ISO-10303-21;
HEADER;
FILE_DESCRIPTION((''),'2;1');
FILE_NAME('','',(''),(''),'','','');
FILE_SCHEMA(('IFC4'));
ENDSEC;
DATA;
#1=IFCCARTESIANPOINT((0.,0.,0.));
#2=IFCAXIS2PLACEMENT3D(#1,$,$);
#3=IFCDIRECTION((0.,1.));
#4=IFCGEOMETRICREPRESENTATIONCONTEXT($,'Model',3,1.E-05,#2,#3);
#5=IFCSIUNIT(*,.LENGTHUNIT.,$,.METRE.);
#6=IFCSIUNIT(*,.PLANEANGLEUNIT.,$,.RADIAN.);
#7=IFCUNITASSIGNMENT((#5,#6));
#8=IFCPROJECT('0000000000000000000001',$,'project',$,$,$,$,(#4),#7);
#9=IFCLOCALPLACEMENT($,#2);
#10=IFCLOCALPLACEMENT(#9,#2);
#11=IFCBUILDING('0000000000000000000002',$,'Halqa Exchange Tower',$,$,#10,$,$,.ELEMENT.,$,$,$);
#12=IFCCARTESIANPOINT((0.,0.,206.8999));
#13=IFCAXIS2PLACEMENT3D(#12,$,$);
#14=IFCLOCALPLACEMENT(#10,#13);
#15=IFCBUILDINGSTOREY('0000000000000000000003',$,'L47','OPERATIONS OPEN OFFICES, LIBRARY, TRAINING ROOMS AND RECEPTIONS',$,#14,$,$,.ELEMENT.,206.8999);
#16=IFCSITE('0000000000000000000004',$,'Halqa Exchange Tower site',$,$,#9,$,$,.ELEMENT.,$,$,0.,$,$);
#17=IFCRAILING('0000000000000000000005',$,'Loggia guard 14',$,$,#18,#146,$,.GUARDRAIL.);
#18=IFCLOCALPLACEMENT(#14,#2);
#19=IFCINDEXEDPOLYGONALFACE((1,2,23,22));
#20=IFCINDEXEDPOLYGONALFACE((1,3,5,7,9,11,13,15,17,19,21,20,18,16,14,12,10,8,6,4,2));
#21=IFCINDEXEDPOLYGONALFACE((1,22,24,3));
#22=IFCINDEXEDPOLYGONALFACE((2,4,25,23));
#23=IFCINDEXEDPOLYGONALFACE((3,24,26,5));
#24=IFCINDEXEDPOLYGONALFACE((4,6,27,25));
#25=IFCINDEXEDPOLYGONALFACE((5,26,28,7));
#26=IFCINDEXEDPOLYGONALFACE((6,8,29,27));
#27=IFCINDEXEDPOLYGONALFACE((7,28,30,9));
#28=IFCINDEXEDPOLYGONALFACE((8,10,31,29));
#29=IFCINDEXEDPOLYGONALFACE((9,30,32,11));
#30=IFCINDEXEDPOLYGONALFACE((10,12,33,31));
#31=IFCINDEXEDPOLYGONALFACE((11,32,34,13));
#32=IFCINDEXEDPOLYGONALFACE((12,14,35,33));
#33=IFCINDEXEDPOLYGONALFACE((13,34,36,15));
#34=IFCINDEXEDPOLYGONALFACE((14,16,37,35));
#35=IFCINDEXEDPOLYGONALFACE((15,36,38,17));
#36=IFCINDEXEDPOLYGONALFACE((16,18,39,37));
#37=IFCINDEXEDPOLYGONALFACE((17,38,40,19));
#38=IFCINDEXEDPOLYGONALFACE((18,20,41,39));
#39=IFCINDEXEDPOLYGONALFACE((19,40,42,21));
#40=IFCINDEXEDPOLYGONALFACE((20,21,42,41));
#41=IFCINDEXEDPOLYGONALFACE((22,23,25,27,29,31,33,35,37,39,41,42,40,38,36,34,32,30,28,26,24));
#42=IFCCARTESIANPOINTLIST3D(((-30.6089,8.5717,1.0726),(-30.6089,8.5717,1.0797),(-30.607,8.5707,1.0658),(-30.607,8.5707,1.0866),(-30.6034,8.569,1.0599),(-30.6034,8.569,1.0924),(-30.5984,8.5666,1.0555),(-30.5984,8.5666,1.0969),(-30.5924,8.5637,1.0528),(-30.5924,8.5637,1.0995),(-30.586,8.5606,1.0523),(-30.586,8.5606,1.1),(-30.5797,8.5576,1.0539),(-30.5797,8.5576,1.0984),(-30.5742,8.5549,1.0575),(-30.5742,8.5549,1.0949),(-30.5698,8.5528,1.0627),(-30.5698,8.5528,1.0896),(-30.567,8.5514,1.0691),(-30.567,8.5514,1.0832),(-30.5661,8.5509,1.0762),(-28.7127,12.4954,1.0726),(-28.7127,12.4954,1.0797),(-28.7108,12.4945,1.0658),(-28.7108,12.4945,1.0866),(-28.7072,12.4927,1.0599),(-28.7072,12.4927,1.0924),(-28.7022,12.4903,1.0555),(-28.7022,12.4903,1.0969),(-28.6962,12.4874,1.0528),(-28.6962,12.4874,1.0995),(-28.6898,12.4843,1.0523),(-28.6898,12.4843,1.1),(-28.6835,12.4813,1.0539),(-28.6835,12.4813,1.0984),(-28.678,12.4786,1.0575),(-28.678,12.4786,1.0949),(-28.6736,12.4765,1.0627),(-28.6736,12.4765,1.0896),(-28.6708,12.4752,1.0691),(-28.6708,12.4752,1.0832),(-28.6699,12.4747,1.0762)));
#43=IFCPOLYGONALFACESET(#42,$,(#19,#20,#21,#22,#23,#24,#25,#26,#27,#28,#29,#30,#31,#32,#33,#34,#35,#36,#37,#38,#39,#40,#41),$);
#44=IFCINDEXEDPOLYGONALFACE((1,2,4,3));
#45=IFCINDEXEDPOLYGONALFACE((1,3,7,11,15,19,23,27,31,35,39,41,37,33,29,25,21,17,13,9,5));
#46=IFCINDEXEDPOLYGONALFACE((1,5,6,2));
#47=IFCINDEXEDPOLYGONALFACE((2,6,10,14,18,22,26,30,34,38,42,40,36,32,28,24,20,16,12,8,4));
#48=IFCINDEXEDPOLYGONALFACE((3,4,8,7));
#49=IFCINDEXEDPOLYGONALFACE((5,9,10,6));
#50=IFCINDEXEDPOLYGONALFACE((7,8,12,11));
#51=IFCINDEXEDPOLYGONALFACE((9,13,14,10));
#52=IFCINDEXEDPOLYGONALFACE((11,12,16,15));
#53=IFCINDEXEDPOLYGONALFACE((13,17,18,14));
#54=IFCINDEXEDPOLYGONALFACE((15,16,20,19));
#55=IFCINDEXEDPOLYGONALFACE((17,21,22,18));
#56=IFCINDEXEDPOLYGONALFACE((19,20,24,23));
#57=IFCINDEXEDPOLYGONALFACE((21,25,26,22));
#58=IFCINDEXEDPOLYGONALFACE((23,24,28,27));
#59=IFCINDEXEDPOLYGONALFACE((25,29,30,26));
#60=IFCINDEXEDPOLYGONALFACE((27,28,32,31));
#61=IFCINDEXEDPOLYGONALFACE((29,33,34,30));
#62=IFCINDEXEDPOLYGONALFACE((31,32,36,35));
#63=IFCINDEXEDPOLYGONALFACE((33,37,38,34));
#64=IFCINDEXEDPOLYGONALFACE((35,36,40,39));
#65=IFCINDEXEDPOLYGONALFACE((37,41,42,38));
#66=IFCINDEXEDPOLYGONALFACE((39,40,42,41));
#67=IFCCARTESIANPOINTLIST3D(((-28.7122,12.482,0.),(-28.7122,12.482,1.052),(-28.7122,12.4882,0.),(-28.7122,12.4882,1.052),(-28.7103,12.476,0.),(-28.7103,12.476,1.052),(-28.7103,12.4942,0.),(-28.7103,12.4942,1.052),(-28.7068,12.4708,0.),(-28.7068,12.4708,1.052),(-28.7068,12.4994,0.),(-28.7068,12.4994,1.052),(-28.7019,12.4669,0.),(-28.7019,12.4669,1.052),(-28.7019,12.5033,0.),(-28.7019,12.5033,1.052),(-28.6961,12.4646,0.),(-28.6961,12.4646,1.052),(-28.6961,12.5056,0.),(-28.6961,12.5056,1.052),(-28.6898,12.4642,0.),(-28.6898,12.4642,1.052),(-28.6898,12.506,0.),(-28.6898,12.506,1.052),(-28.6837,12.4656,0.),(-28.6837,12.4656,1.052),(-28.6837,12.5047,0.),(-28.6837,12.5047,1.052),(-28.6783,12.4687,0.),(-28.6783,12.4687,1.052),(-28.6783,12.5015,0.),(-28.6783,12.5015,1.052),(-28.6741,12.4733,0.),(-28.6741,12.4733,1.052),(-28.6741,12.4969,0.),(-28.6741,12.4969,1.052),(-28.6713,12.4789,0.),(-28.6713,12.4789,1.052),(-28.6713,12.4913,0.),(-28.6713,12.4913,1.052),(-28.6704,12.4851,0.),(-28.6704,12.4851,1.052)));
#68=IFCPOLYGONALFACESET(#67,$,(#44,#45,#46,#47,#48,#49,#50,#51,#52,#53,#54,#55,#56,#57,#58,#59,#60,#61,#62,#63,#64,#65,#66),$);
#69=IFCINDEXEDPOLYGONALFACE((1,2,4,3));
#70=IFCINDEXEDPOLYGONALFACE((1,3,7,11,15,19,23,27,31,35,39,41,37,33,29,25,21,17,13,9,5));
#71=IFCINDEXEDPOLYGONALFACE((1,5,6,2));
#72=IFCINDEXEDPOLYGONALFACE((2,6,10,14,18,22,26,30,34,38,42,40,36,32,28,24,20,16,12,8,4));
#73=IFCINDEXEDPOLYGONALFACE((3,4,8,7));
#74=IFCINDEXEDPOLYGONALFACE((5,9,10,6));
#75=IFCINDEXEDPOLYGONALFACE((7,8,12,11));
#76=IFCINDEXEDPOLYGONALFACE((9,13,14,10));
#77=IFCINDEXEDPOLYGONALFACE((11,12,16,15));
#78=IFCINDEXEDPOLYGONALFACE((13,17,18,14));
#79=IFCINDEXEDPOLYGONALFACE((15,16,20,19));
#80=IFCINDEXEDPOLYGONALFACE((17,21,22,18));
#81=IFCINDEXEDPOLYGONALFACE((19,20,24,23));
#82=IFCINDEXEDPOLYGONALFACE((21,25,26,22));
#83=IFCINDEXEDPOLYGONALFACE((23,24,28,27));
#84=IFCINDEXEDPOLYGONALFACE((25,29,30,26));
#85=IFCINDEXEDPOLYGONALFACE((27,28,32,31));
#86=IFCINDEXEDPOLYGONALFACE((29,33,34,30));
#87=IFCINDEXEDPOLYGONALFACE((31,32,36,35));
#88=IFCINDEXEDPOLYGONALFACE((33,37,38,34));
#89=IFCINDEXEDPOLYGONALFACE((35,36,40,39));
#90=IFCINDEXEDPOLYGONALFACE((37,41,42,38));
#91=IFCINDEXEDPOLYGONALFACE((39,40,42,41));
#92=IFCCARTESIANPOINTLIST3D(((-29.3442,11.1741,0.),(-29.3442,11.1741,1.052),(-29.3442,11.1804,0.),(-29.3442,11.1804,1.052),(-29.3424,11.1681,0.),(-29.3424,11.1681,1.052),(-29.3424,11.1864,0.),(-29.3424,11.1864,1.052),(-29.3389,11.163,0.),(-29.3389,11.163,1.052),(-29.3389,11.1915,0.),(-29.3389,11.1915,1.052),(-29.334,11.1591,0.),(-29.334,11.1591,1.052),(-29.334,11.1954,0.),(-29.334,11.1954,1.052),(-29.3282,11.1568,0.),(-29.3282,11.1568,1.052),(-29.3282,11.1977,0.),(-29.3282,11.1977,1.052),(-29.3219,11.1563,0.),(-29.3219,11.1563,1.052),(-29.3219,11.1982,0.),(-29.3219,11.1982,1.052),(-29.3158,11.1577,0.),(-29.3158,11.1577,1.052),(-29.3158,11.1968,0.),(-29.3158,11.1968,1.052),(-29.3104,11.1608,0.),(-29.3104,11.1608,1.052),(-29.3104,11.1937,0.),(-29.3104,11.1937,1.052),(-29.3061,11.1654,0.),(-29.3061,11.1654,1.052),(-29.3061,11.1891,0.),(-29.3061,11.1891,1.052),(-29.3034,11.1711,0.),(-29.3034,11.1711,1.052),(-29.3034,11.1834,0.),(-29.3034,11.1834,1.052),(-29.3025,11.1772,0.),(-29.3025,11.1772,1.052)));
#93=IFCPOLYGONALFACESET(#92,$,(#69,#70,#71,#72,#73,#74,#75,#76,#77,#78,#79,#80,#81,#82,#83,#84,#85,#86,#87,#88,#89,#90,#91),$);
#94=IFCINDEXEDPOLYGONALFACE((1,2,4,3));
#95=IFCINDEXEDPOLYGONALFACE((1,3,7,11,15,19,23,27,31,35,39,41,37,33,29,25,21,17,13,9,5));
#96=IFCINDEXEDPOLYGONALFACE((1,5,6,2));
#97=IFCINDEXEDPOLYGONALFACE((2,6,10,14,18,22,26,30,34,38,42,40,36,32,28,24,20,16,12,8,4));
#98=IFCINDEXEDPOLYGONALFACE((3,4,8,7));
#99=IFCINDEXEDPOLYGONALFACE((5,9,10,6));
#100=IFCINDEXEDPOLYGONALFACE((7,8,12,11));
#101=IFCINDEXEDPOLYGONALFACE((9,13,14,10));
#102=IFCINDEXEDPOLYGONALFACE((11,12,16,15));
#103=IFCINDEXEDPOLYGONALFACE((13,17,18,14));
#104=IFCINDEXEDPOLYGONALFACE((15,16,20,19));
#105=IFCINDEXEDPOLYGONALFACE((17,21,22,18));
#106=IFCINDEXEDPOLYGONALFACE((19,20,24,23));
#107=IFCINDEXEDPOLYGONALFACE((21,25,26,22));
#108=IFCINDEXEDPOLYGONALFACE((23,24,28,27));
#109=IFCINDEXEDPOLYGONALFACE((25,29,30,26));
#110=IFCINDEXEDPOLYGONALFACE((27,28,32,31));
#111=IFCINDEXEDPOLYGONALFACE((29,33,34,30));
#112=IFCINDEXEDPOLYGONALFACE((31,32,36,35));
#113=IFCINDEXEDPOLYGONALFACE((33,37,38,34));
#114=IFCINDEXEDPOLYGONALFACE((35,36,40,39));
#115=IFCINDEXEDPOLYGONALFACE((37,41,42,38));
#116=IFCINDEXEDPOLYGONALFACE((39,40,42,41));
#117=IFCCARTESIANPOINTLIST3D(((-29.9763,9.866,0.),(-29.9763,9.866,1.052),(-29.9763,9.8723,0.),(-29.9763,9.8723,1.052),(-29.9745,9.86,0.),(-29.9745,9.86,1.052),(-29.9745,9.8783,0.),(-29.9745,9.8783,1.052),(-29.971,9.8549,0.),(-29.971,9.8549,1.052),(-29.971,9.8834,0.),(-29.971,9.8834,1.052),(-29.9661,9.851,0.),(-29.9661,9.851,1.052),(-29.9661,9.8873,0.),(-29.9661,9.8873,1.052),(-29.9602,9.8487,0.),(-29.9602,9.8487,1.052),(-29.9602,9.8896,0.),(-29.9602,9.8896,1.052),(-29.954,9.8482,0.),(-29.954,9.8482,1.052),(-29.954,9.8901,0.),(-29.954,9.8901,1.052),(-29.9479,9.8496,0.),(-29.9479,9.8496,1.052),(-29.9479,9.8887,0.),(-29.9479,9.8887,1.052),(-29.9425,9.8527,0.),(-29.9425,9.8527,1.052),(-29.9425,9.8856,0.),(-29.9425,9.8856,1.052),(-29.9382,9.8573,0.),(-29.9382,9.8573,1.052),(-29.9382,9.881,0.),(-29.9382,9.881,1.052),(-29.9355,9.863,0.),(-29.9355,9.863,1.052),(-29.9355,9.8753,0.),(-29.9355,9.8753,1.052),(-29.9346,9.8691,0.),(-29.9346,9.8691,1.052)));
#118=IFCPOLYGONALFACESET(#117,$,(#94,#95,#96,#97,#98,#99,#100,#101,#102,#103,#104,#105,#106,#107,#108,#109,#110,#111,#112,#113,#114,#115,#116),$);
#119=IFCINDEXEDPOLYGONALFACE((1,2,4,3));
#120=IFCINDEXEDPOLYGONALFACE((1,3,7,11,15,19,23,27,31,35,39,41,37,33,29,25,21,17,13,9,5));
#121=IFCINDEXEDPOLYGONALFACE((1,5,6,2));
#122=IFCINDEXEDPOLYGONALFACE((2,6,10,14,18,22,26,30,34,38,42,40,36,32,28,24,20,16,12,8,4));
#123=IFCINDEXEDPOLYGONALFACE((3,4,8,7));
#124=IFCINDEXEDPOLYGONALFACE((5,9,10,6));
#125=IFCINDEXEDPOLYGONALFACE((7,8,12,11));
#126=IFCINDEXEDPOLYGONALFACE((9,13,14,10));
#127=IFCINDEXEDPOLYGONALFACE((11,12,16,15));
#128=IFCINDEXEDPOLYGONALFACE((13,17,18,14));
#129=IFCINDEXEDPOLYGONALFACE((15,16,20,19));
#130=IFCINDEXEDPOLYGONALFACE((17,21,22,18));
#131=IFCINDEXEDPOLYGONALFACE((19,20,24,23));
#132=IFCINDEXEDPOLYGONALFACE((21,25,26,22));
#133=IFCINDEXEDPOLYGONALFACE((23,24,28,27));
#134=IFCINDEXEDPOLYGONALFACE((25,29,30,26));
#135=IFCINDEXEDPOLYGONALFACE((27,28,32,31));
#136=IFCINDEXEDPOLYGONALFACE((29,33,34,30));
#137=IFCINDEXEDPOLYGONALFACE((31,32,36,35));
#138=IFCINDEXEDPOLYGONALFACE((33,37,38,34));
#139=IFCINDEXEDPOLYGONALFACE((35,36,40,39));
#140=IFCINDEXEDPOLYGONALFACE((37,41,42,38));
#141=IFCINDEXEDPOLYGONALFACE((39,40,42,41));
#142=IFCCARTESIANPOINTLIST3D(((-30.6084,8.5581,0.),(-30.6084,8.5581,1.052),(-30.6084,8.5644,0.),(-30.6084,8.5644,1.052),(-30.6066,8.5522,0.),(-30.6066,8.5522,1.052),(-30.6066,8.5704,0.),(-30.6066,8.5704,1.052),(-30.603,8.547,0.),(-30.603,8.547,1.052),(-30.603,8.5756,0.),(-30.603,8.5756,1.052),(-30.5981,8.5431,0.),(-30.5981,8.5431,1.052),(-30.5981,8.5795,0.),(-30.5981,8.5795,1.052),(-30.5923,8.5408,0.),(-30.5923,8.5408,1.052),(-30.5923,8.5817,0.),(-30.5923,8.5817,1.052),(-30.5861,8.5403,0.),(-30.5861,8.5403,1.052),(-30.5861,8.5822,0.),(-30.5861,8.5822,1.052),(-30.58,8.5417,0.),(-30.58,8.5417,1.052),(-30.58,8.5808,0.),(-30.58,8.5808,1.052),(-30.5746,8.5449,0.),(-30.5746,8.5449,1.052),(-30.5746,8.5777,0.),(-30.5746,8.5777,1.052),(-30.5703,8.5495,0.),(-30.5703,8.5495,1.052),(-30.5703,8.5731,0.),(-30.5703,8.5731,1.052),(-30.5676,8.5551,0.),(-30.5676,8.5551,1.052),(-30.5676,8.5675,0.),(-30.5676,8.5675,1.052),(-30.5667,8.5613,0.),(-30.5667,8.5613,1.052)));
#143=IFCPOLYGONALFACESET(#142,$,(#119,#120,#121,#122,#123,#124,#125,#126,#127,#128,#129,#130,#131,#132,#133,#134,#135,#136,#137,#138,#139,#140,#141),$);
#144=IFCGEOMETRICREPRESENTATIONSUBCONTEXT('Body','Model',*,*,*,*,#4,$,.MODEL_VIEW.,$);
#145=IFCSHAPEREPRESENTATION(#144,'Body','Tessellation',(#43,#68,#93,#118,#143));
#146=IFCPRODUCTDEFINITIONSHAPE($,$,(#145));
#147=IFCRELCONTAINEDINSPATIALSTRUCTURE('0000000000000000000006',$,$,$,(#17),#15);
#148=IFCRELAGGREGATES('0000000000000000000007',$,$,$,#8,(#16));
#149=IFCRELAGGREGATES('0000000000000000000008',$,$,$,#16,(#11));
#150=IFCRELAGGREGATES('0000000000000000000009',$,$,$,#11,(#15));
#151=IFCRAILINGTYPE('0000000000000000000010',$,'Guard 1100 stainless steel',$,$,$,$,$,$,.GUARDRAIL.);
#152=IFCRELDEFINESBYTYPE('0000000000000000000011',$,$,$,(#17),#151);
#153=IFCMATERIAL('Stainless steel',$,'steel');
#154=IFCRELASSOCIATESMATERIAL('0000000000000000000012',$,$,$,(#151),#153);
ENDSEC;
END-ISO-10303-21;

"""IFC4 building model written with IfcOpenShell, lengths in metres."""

from ifc_helpers import new_model, si_unit, direction, frame, origin, origin_2d, place, context, subcontext, project, spatial, circle, extrude, material, type_object, element, save


model = new_model("IFC4")

# Units and contexts
model_context = context("Model", 3, precision=1e-05, world=origin(), true_north=direction((0.0, 1.0)))
body_context = subcontext(model_context, "Body", "Model", "MODEL_VIEW")
ifc_project = project(units=[si_unit("LENGTHUNIT", "METRE"), si_unit("PLANEANGLEUNIT", "RADIAN")], contexts=[model_context])

# Site, building, storey
site_placement = place(None, origin())
site = spatial("IfcSite", under=ifc_project, at=site_placement, Name="Halqa Exchange Tower site", CompositionType="ELEMENT", RefElevation=0.0)
building_placement = place(site_placement, origin())
building = spatial("IfcBuilding", under=site, at=building_placement, Name="Halqa Exchange Tower", CompositionType="ELEMENT")
storey_placement = place(building_placement, frame((0.0, 0.0, 206.8999)))
storey = spatial("IfcBuildingStorey", under=building, at=storey_placement, Name="L47", Description="OPERATIONS OPEN OFFICES, LIBRARY, TRAINING ROOMS AND RECEPTIONS", CompositionType="ELEMENT", Elevation=206.8999)

# Railing
ifc_material_1 = material(Name="Stainless steel", Category="steel")
railing_type = type_object("IfcRailingType", Name="Guard 1100 stainless steel", PredefinedType="GUARDRAIL", material=ifc_material_1)
railing_1_placement = place(storey_placement, frame((-28.6914, 12.4851, 0.0)))
element("IfcRailing", 1, at=railing_1_placement, inside=storey, type_object=railing_type, Name="Loggia guard 14", PredefinedType="GUARDRAIL", context=body_context, shape_type="SweptSolid", body=[
    extrude(circle(Radius=0.0239, at=origin_2d()), frame((0.0, 0.0, 1.0762), z_axis=(-0.435117, -0.900374, 0.0), x_axis=(0.900374, -0.435117, 0.0)), (0.0, 0.0, 1.0), 4.3579),
    extrude(circle(Radius=0.021, at=origin_2d()), origin(), (0.0, 0.0, 1.0), 1.052),
    extrude(circle(Radius=0.021, at=origin_2d()), frame((-0.6321, -1.3079, 0.0)), (0.0, 0.0, 1.0), 1.052),
    extrude(circle(Radius=0.021, at=origin_2d()), frame((-1.2642, -2.616, 0.0)), (0.0, 0.0, 1.0), 1.052),
    extrude(circle(Radius=0.021, at=origin_2d()), frame((-1.8962, -3.9238, 0.0)), (0.0, 0.0, 1.0), 1.052),
])

save(model, "model.ifc")
